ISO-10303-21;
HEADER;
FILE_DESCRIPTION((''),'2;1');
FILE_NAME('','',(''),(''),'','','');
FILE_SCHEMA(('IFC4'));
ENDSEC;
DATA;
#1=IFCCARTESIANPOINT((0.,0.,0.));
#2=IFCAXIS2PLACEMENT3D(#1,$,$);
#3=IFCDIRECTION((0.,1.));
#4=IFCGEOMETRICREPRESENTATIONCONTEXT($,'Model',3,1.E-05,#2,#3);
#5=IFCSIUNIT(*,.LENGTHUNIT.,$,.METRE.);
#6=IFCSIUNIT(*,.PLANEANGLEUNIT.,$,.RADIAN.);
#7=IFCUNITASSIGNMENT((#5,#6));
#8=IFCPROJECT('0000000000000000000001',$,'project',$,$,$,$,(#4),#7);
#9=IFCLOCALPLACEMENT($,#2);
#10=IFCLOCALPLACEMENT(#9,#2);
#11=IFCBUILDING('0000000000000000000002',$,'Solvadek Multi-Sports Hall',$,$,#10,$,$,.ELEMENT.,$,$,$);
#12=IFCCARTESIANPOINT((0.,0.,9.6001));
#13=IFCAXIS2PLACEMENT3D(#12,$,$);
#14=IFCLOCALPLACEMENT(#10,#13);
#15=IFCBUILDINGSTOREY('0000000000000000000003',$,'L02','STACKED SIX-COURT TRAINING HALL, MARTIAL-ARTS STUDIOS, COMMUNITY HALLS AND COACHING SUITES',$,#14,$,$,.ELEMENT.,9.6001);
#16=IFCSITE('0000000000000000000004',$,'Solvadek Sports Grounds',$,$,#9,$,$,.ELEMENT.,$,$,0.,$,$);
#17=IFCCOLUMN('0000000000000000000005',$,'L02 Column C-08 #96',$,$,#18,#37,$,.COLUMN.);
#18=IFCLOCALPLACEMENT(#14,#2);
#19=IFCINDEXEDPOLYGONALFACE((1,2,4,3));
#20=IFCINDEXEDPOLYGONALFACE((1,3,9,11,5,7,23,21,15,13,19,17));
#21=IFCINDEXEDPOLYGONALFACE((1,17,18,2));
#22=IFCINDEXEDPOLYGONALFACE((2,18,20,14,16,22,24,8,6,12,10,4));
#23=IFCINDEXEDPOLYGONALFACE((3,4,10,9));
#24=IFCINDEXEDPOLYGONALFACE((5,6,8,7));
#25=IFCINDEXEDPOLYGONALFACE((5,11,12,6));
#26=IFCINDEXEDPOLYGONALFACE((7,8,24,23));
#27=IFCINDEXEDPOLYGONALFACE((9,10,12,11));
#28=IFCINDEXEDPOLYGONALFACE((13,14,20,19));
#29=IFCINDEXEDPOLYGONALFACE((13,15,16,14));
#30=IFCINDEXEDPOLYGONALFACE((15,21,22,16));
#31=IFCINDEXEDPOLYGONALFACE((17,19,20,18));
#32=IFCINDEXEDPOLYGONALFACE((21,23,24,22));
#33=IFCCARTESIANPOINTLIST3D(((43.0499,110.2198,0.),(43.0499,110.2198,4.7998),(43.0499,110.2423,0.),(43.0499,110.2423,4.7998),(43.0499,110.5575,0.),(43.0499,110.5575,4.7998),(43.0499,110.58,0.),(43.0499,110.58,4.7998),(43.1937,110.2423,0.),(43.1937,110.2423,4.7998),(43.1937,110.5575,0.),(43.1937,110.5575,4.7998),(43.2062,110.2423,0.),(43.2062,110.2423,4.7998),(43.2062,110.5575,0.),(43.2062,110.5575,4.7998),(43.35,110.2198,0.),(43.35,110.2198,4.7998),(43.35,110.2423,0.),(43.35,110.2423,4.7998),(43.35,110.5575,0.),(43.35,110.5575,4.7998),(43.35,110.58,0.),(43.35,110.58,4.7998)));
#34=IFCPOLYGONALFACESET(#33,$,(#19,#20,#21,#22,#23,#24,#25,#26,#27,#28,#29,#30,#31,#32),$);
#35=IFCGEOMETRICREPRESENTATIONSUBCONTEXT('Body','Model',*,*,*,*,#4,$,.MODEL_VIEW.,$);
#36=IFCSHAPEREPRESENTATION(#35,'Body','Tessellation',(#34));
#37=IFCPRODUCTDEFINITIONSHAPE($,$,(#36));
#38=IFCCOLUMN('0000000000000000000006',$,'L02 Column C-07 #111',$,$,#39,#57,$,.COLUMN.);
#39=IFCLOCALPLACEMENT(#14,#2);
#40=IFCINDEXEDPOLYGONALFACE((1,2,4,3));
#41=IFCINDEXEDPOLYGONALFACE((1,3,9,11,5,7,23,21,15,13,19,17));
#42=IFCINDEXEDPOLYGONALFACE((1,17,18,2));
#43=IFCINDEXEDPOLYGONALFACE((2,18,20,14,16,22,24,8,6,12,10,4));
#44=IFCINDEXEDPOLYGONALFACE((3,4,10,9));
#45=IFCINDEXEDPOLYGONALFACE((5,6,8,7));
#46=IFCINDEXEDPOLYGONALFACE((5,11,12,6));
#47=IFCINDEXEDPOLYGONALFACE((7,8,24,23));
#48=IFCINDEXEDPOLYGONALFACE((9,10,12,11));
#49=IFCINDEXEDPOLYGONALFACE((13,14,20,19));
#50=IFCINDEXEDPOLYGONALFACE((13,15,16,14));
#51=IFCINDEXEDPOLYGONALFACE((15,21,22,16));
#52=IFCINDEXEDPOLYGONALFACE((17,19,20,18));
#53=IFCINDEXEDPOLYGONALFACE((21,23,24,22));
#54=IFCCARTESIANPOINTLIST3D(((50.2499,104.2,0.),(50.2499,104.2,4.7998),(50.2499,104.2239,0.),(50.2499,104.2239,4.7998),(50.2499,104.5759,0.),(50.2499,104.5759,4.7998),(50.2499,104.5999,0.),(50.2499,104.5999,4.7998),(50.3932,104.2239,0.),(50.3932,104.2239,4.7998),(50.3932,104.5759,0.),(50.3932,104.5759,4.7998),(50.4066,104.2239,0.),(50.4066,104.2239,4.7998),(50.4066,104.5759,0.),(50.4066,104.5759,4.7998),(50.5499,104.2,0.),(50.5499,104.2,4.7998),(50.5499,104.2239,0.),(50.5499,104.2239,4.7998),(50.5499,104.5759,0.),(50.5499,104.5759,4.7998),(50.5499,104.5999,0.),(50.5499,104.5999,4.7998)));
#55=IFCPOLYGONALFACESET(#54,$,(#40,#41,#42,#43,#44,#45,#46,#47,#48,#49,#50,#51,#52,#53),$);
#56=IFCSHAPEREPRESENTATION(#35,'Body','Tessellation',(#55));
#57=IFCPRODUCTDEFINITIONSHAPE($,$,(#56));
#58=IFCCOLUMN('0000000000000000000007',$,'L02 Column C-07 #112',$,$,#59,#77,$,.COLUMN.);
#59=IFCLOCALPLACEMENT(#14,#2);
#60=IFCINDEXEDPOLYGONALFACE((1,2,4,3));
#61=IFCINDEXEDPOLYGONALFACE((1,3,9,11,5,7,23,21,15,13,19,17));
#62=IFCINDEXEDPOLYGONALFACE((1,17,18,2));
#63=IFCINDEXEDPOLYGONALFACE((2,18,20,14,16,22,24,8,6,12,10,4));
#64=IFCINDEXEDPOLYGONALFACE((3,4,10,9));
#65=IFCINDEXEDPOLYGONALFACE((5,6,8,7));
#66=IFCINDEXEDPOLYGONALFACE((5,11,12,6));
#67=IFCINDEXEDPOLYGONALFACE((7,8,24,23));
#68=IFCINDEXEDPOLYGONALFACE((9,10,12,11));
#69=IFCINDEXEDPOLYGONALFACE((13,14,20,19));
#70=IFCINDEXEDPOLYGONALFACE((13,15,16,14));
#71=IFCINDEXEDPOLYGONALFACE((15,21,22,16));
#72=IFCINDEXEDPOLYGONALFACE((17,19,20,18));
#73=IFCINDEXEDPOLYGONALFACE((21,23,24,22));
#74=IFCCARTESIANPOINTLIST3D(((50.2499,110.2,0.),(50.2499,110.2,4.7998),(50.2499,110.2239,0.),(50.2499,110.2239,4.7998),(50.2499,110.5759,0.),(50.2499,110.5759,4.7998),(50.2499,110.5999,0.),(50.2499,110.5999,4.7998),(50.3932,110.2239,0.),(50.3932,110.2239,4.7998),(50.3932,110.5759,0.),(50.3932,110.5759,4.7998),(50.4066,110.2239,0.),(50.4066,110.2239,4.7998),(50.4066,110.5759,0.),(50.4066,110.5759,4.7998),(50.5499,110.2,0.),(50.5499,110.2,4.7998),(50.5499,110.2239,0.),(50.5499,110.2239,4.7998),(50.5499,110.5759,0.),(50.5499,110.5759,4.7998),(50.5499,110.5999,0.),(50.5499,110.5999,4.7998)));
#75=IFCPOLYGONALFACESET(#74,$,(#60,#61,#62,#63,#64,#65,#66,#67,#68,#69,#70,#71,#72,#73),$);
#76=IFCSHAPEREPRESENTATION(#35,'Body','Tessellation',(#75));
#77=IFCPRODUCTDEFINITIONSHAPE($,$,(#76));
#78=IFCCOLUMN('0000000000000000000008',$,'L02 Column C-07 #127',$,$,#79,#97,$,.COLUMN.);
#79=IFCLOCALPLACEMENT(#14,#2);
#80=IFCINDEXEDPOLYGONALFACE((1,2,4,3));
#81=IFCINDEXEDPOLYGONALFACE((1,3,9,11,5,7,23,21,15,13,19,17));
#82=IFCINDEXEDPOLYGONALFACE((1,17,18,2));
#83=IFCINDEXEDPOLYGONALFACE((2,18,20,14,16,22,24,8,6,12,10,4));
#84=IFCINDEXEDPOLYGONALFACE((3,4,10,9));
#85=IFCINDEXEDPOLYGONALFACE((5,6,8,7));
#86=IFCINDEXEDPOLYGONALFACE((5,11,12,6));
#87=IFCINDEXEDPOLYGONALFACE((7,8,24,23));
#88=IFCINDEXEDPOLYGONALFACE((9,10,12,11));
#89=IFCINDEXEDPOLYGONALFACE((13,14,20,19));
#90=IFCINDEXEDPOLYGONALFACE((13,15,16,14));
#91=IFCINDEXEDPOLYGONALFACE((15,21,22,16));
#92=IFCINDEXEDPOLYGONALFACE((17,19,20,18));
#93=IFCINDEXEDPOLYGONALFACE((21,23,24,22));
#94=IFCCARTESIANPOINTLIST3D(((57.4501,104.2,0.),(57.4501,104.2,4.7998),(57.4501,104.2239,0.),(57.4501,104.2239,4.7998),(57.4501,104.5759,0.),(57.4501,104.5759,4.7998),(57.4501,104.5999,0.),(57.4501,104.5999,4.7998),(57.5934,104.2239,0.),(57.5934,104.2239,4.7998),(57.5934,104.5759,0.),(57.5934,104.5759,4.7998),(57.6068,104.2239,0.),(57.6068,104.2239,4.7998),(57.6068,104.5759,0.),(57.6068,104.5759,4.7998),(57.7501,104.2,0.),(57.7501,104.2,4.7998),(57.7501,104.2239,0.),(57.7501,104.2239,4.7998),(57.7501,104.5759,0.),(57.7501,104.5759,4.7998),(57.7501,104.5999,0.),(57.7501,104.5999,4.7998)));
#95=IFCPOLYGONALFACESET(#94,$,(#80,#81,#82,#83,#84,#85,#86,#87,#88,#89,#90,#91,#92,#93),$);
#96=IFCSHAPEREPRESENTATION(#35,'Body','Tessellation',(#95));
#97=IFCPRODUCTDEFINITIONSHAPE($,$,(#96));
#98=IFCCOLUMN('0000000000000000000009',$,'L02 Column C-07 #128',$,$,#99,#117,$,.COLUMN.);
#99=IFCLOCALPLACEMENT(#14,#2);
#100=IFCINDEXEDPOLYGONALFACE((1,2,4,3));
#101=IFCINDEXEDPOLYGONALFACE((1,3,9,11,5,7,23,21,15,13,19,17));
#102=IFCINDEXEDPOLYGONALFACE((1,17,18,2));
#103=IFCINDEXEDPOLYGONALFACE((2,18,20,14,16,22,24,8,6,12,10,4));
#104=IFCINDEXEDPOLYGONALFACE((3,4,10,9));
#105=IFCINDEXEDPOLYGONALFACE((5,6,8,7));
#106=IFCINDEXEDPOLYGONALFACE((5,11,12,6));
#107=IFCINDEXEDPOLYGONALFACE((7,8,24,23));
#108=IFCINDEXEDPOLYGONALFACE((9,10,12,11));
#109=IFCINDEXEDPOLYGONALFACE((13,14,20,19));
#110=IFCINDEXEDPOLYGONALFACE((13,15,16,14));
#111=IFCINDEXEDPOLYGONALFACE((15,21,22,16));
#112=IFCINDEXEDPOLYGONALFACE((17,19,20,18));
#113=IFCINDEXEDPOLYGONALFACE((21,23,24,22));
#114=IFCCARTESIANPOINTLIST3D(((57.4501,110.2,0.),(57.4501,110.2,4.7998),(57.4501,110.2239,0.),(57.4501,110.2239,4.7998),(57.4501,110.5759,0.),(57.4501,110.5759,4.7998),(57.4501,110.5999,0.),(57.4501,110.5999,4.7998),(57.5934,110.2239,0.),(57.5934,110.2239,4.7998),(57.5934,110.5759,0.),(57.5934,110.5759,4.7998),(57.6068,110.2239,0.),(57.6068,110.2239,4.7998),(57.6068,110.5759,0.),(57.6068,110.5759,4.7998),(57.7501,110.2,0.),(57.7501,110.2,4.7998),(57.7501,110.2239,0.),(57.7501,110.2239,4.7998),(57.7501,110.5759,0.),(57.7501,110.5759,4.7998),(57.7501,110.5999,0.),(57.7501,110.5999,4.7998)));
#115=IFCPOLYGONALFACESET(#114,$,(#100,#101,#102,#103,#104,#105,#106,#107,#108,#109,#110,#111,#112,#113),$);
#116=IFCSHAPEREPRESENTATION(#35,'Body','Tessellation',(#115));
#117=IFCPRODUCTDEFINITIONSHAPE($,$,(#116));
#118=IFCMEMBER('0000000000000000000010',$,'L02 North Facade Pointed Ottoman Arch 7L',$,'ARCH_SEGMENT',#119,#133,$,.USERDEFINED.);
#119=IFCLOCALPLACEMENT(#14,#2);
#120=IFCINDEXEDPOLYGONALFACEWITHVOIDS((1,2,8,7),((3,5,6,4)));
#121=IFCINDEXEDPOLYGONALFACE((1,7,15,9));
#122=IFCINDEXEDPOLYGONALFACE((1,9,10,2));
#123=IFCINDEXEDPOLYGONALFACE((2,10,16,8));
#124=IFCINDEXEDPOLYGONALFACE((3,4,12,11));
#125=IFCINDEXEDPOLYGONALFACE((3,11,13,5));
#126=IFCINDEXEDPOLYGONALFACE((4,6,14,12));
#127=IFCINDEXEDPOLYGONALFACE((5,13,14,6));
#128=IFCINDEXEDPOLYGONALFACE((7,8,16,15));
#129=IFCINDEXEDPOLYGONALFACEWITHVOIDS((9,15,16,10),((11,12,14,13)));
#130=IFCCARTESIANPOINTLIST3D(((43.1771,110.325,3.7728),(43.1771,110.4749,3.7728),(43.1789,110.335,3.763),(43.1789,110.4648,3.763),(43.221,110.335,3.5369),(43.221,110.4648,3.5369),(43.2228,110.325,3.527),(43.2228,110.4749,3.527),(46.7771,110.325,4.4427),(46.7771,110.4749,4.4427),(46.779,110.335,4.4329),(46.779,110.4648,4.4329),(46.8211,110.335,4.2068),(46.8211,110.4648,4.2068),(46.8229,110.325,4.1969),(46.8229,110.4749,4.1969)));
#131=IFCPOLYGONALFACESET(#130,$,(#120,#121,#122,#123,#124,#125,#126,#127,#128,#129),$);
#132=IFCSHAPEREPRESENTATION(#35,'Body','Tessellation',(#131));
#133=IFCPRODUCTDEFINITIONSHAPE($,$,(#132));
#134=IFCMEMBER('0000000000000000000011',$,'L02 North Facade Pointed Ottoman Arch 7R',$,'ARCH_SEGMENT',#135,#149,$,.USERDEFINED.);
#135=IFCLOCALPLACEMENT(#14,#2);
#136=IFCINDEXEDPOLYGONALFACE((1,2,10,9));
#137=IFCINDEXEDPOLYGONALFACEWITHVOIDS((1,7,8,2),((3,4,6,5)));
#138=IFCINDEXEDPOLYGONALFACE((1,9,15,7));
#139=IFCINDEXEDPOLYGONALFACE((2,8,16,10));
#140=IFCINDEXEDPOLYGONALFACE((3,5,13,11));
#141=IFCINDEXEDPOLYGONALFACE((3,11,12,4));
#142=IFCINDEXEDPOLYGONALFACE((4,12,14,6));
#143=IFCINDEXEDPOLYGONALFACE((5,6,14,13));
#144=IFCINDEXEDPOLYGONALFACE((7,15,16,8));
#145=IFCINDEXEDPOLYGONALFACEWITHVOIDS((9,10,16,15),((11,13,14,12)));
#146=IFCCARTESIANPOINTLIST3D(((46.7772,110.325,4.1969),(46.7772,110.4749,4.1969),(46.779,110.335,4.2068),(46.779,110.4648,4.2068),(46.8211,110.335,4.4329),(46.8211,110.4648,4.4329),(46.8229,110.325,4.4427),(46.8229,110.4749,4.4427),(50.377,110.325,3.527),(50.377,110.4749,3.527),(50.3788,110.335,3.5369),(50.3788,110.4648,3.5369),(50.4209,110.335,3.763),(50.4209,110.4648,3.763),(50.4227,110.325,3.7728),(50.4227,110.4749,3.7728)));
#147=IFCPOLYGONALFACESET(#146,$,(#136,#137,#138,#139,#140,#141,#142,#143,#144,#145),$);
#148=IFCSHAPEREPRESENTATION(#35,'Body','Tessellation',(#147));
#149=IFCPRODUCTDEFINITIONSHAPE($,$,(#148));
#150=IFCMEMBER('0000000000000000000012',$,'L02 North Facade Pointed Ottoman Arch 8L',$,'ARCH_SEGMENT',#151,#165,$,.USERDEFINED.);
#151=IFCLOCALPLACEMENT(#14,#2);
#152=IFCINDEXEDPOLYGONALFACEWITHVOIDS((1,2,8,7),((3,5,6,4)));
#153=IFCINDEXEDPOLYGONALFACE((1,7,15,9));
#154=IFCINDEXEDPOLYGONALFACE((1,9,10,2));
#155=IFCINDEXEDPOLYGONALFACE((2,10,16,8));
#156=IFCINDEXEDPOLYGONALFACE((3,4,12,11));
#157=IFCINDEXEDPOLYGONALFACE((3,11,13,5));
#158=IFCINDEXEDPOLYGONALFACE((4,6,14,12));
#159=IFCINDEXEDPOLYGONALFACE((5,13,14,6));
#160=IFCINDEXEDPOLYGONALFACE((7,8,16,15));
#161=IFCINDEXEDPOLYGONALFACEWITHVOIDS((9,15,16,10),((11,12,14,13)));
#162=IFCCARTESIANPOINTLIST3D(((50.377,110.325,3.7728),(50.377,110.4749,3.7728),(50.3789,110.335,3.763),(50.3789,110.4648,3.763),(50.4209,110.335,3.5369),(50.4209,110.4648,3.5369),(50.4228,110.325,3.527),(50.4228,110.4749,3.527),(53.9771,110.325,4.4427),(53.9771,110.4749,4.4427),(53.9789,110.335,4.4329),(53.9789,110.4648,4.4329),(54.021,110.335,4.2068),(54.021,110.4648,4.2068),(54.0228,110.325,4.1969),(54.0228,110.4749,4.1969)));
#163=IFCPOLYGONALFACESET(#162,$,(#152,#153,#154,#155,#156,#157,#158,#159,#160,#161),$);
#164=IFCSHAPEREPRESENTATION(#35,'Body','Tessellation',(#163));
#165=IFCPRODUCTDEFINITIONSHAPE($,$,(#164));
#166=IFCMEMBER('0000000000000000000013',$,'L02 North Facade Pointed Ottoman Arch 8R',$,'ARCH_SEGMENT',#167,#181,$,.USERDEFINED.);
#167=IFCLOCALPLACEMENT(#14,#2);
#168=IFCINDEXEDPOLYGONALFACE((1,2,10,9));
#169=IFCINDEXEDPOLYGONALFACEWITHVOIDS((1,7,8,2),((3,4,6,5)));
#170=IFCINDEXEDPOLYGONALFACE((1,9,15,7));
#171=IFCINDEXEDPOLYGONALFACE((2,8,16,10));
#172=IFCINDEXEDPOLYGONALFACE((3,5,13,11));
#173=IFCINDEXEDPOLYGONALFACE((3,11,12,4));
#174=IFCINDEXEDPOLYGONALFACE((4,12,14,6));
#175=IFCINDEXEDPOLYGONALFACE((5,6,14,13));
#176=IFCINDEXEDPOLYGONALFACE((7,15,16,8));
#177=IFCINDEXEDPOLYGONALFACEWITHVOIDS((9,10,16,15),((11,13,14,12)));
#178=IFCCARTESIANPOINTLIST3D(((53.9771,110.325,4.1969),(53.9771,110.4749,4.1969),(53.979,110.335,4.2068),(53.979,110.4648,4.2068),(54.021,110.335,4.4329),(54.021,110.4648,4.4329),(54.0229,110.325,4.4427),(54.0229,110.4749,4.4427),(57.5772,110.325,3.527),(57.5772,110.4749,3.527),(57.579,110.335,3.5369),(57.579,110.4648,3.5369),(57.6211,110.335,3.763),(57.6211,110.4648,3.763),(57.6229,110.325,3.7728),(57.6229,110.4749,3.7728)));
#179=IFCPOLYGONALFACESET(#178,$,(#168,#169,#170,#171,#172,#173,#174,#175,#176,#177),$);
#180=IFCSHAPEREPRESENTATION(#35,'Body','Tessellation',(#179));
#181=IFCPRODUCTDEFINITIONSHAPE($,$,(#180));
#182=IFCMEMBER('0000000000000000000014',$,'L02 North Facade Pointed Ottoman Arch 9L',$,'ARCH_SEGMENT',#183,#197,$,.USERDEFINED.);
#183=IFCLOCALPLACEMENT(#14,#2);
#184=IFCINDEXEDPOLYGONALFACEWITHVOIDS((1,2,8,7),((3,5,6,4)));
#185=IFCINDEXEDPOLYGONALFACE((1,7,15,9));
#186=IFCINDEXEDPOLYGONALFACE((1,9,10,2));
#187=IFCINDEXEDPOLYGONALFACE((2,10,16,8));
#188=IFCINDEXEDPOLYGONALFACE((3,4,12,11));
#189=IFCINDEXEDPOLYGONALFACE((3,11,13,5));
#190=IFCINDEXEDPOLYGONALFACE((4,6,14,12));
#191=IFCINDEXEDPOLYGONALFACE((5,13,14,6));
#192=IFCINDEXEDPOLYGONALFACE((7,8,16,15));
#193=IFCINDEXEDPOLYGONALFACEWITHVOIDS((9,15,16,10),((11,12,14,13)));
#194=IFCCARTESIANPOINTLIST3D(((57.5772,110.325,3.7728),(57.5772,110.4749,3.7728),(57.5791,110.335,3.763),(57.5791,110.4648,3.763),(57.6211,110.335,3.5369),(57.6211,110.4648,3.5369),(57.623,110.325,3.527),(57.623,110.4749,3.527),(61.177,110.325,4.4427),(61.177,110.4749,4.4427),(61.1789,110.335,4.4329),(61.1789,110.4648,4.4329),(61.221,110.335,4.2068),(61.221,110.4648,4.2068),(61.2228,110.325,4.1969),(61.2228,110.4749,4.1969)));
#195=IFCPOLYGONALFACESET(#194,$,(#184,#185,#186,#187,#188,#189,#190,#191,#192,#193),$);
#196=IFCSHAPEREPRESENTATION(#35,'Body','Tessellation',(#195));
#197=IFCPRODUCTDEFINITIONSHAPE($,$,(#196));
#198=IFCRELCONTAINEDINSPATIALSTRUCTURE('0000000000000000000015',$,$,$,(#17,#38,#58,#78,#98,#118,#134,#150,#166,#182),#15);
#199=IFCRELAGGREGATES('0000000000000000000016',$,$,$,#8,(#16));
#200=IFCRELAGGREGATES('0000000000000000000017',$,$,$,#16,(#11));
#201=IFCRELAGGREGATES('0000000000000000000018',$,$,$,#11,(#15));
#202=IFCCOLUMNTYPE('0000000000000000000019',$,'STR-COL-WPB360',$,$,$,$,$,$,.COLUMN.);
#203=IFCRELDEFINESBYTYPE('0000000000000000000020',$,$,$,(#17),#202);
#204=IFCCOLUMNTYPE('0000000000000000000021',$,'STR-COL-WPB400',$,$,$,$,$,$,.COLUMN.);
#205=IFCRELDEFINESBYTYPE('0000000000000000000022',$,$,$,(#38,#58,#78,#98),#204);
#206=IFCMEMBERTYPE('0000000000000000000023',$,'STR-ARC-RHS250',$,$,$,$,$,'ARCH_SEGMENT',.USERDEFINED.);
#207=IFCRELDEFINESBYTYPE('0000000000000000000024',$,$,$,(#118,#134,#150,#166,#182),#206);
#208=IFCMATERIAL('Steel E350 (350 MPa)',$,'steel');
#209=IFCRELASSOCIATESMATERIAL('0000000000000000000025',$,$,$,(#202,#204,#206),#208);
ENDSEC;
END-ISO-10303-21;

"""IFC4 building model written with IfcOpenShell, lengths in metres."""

from ifc_helpers import new_model, si_unit, direction, frame, origin, origin_2d, place, context, subcontext, project, spatial, hollow_rectangle, i_section, extrude, material, material_profile, profile_set, type_object, element, save


model = new_model("IFC4")

# Units and contexts
model_context = context("Model", 3, precision=1e-05, world=origin(), true_north=direction((0.0, 1.0)))
body_context = subcontext(model_context, "Body", "Model", "MODEL_VIEW")
ifc_project = project(units=[si_unit("LENGTHUNIT", "METRE"), si_unit("PLANEANGLEUNIT", "RADIAN")], contexts=[model_context])

# Site, building, storey
site_placement = place(None, origin())
site = spatial("IfcSite", under=ifc_project, at=site_placement, Name="Solvadek Sports Grounds", CompositionType="ELEMENT", RefElevation=0.0)
building_placement = place(site_placement, origin())
building = spatial("IfcBuilding", under=site, at=building_placement, Name="Solvadek Multi-Sports Hall", CompositionType="ELEMENT")
storey_placement = place(building_placement, frame((0.0, 0.0, 9.6001)))
storey = spatial("IfcBuildingStorey", under=building, at=storey_placement, Name="L02", Description="STACKED SIX-COURT TRAINING HALL, MARTIAL-ARTS STUDIOS, COMMUNITY HALLS AND COACHING SUITES", CompositionType="ELEMENT", Elevation=9.6001)

# Columns
ifc_material_1 = material(Name="Steel E350 (350 MPa)", Category="steel")
ifc_material_profile_1 = material_profile(ifc_material_1, i_section(OverallWidth=0.3, OverallDepth=0.3601, WebThickness=0.0125, FlangeThickness=0.0225, at=origin_2d()), Name="WPB 360")
ifc_profile_set_1 = profile_set([ifc_material_profile_1], Name="Steel E350 (350 MPa)")
column_type_1 = type_object("IfcColumnType", Name="STR-COL-WPB360", PredefinedType="COLUMN", material=ifc_profile_set_1)
column_placement = place(storey_placement, frame((43.2, 110.3999, 0.0), z_axis=(0.0, 0.0, 1.0), x_axis=(1.0, 0.0, 0.0)))
element("IfcColumn", 1, at=column_placement, inside=storey, type_object=column_type_1, Name="L02 Column C-08 #96", PredefinedType="COLUMN", context=body_context, shape_type="SweptSolid", body=[
    extrude(i_section(OverallWidth=0.3, OverallDepth=0.3601, WebThickness=0.0125, FlangeThickness=0.0225, at=origin_2d()), origin(), (0.0, 0.0, 1.0), 4.7998),
])
ifc_material_profile_2 = material_profile(ifc_material_1, i_section(OverallWidth=0.3, OverallDepth=0.3999, WebThickness=0.0134, FlangeThickness=0.0239, at=origin_2d()), Name="WPB 400")
ifc_profile_set_2 = profile_set([ifc_material_profile_2], Name="Steel E350 (350 MPa)")
column_type_2 = type_object("IfcColumnType", Name="STR-COL-WPB400", PredefinedType="COLUMN", material=ifc_profile_set_2)
for number, where, z_axis, x_axis, name in (
    (2, (50.3999, 104.3999, 0.0), (0.0, 0.0, 1.0), (1.0, 0.0, 0.0), "L02 Column C-07 #111"),
    (3, (50.3999, 110.3999, 0.0), (0.0, 0.0, 1.0), (1.0, 0.0, 0.0), "L02 Column C-07 #112"),
    (4, (57.6001, 104.3999, 0.0), (0.0, 0.0, 1.0), (1.0, 0.0, 0.0), "L02 Column C-07 #127"),
    (5, (57.6001, 110.3999, 0.0), (0.0, 0.0, 1.0), (1.0, 0.0, 0.0), "L02 Column C-07 #128"),
):
    element("IfcColumn", number, at=place(storey_placement, frame(where, z_axis=z_axis, x_axis=x_axis)), inside=storey, type_object=column_type_2, Name=name, PredefinedType="COLUMN", context=body_context, shape_type="SweptSolid", body=[
        extrude(i_section(OverallWidth=0.3, OverallDepth=0.3999, WebThickness=0.0134, FlangeThickness=0.0239, at=origin_2d()), origin(), (0.0, 0.0, 1.0), 4.7998),
    ])

# Members
ifc_material_profile_3 = material_profile(ifc_material_1, hollow_rectangle(XDim=0.1499, YDim=0.25, WallThickness=0.01, at=origin_2d()), Name="RHS 250x150x10")
ifc_profile_set_3 = profile_set([ifc_material_profile_3], Name="Steel E350 (350 MPa)")
member_type = type_object("IfcMemberType", Name="STR-ARC-RHS250", ElementType="ARCH_SEGMENT", PredefinedType="USERDEFINED", material=ifc_profile_set_3)
member_1_placement = place(storey_placement, frame((43.2, 110.3999, 3.6499), z_axis=(0.983123, 0.0, 0.182944), x_axis=(0.0, 1.0, 0.0)))
element("IfcMember", 6, at=member_1_placement, inside=storey, type_object=member_type, Name="L02 North Facade Pointed Ottoman Arch 7L", ObjectType="ARCH_SEGMENT", PredefinedType="USERDEFINED", context=body_context, shape_type="SweptSolid", body=[
    extrude(hollow_rectangle(XDim=0.1499, YDim=0.25, WallThickness=0.01, at=origin_2d()), origin(), (0.0, 0.0, 1.0), 3.6619),
])
member_2_placement = place(storey_placement, frame((46.8, 110.3999, 4.3198), z_axis=(0.983121, 0.0, -0.182956), x_axis=(0.0, 1.0, 0.0)))
element("IfcMember", 7, at=member_2_placement, inside=storey, type_object=member_type, Name="L02 North Facade Pointed Ottoman Arch 7R", ObjectType="ARCH_SEGMENT", PredefinedType="USERDEFINED", context=body_context, shape_type="SweptSolid", body=[
    extrude(hollow_rectangle(XDim=0.1499, YDim=0.25, WallThickness=0.01, at=origin_2d()), origin(), (0.0, 0.0, 1.0), 3.6616),
])
for number, where, z_axis, x_axis, name in (
    (8, (50.3999, 110.3999, 3.6499), (0.983123, 0.0, 0.182944), (0.0, 1.0, 0.0), "L02 North Facade Pointed Ottoman Arch 8L"),
    (9, (54.0, 110.3999, 4.3198), (0.983123, 0.0, -0.182944), (0.0, 1.0, 0.0), "L02 North Facade Pointed Ottoman Arch 8R"),
):
    element("IfcMember", number, at=place(storey_placement, frame(where, z_axis=z_axis, x_axis=x_axis)), inside=storey, type_object=member_type, Name=name, ObjectType="ARCH_SEGMENT", PredefinedType="USERDEFINED", context=body_context, shape_type="SweptSolid", body=[
        extrude(hollow_rectangle(XDim=0.1499, YDim=0.25, WallThickness=0.01, at=origin_2d()), origin(), (0.0, 0.0, 1.0), 3.6619),
    ])
member_3_placement = place(storey_placement, frame((57.6001, 110.3999, 3.6499), z_axis=(0.983121, 0.0, 0.182956), x_axis=(0.0, 1.0, 0.0)))
element("IfcMember", 10, at=member_3_placement, inside=storey, type_object=member_type, Name="L02 North Facade Pointed Ottoman Arch 9L", ObjectType="ARCH_SEGMENT", PredefinedType="USERDEFINED", context=body_context, shape_type="SweptSolid", body=[
    extrude(hollow_rectangle(XDim=0.1499, YDim=0.25, WallThickness=0.01, at=origin_2d()), origin(), (0.0, 0.0, 1.0), 3.6616),
])

save(model, "model.ifc")
